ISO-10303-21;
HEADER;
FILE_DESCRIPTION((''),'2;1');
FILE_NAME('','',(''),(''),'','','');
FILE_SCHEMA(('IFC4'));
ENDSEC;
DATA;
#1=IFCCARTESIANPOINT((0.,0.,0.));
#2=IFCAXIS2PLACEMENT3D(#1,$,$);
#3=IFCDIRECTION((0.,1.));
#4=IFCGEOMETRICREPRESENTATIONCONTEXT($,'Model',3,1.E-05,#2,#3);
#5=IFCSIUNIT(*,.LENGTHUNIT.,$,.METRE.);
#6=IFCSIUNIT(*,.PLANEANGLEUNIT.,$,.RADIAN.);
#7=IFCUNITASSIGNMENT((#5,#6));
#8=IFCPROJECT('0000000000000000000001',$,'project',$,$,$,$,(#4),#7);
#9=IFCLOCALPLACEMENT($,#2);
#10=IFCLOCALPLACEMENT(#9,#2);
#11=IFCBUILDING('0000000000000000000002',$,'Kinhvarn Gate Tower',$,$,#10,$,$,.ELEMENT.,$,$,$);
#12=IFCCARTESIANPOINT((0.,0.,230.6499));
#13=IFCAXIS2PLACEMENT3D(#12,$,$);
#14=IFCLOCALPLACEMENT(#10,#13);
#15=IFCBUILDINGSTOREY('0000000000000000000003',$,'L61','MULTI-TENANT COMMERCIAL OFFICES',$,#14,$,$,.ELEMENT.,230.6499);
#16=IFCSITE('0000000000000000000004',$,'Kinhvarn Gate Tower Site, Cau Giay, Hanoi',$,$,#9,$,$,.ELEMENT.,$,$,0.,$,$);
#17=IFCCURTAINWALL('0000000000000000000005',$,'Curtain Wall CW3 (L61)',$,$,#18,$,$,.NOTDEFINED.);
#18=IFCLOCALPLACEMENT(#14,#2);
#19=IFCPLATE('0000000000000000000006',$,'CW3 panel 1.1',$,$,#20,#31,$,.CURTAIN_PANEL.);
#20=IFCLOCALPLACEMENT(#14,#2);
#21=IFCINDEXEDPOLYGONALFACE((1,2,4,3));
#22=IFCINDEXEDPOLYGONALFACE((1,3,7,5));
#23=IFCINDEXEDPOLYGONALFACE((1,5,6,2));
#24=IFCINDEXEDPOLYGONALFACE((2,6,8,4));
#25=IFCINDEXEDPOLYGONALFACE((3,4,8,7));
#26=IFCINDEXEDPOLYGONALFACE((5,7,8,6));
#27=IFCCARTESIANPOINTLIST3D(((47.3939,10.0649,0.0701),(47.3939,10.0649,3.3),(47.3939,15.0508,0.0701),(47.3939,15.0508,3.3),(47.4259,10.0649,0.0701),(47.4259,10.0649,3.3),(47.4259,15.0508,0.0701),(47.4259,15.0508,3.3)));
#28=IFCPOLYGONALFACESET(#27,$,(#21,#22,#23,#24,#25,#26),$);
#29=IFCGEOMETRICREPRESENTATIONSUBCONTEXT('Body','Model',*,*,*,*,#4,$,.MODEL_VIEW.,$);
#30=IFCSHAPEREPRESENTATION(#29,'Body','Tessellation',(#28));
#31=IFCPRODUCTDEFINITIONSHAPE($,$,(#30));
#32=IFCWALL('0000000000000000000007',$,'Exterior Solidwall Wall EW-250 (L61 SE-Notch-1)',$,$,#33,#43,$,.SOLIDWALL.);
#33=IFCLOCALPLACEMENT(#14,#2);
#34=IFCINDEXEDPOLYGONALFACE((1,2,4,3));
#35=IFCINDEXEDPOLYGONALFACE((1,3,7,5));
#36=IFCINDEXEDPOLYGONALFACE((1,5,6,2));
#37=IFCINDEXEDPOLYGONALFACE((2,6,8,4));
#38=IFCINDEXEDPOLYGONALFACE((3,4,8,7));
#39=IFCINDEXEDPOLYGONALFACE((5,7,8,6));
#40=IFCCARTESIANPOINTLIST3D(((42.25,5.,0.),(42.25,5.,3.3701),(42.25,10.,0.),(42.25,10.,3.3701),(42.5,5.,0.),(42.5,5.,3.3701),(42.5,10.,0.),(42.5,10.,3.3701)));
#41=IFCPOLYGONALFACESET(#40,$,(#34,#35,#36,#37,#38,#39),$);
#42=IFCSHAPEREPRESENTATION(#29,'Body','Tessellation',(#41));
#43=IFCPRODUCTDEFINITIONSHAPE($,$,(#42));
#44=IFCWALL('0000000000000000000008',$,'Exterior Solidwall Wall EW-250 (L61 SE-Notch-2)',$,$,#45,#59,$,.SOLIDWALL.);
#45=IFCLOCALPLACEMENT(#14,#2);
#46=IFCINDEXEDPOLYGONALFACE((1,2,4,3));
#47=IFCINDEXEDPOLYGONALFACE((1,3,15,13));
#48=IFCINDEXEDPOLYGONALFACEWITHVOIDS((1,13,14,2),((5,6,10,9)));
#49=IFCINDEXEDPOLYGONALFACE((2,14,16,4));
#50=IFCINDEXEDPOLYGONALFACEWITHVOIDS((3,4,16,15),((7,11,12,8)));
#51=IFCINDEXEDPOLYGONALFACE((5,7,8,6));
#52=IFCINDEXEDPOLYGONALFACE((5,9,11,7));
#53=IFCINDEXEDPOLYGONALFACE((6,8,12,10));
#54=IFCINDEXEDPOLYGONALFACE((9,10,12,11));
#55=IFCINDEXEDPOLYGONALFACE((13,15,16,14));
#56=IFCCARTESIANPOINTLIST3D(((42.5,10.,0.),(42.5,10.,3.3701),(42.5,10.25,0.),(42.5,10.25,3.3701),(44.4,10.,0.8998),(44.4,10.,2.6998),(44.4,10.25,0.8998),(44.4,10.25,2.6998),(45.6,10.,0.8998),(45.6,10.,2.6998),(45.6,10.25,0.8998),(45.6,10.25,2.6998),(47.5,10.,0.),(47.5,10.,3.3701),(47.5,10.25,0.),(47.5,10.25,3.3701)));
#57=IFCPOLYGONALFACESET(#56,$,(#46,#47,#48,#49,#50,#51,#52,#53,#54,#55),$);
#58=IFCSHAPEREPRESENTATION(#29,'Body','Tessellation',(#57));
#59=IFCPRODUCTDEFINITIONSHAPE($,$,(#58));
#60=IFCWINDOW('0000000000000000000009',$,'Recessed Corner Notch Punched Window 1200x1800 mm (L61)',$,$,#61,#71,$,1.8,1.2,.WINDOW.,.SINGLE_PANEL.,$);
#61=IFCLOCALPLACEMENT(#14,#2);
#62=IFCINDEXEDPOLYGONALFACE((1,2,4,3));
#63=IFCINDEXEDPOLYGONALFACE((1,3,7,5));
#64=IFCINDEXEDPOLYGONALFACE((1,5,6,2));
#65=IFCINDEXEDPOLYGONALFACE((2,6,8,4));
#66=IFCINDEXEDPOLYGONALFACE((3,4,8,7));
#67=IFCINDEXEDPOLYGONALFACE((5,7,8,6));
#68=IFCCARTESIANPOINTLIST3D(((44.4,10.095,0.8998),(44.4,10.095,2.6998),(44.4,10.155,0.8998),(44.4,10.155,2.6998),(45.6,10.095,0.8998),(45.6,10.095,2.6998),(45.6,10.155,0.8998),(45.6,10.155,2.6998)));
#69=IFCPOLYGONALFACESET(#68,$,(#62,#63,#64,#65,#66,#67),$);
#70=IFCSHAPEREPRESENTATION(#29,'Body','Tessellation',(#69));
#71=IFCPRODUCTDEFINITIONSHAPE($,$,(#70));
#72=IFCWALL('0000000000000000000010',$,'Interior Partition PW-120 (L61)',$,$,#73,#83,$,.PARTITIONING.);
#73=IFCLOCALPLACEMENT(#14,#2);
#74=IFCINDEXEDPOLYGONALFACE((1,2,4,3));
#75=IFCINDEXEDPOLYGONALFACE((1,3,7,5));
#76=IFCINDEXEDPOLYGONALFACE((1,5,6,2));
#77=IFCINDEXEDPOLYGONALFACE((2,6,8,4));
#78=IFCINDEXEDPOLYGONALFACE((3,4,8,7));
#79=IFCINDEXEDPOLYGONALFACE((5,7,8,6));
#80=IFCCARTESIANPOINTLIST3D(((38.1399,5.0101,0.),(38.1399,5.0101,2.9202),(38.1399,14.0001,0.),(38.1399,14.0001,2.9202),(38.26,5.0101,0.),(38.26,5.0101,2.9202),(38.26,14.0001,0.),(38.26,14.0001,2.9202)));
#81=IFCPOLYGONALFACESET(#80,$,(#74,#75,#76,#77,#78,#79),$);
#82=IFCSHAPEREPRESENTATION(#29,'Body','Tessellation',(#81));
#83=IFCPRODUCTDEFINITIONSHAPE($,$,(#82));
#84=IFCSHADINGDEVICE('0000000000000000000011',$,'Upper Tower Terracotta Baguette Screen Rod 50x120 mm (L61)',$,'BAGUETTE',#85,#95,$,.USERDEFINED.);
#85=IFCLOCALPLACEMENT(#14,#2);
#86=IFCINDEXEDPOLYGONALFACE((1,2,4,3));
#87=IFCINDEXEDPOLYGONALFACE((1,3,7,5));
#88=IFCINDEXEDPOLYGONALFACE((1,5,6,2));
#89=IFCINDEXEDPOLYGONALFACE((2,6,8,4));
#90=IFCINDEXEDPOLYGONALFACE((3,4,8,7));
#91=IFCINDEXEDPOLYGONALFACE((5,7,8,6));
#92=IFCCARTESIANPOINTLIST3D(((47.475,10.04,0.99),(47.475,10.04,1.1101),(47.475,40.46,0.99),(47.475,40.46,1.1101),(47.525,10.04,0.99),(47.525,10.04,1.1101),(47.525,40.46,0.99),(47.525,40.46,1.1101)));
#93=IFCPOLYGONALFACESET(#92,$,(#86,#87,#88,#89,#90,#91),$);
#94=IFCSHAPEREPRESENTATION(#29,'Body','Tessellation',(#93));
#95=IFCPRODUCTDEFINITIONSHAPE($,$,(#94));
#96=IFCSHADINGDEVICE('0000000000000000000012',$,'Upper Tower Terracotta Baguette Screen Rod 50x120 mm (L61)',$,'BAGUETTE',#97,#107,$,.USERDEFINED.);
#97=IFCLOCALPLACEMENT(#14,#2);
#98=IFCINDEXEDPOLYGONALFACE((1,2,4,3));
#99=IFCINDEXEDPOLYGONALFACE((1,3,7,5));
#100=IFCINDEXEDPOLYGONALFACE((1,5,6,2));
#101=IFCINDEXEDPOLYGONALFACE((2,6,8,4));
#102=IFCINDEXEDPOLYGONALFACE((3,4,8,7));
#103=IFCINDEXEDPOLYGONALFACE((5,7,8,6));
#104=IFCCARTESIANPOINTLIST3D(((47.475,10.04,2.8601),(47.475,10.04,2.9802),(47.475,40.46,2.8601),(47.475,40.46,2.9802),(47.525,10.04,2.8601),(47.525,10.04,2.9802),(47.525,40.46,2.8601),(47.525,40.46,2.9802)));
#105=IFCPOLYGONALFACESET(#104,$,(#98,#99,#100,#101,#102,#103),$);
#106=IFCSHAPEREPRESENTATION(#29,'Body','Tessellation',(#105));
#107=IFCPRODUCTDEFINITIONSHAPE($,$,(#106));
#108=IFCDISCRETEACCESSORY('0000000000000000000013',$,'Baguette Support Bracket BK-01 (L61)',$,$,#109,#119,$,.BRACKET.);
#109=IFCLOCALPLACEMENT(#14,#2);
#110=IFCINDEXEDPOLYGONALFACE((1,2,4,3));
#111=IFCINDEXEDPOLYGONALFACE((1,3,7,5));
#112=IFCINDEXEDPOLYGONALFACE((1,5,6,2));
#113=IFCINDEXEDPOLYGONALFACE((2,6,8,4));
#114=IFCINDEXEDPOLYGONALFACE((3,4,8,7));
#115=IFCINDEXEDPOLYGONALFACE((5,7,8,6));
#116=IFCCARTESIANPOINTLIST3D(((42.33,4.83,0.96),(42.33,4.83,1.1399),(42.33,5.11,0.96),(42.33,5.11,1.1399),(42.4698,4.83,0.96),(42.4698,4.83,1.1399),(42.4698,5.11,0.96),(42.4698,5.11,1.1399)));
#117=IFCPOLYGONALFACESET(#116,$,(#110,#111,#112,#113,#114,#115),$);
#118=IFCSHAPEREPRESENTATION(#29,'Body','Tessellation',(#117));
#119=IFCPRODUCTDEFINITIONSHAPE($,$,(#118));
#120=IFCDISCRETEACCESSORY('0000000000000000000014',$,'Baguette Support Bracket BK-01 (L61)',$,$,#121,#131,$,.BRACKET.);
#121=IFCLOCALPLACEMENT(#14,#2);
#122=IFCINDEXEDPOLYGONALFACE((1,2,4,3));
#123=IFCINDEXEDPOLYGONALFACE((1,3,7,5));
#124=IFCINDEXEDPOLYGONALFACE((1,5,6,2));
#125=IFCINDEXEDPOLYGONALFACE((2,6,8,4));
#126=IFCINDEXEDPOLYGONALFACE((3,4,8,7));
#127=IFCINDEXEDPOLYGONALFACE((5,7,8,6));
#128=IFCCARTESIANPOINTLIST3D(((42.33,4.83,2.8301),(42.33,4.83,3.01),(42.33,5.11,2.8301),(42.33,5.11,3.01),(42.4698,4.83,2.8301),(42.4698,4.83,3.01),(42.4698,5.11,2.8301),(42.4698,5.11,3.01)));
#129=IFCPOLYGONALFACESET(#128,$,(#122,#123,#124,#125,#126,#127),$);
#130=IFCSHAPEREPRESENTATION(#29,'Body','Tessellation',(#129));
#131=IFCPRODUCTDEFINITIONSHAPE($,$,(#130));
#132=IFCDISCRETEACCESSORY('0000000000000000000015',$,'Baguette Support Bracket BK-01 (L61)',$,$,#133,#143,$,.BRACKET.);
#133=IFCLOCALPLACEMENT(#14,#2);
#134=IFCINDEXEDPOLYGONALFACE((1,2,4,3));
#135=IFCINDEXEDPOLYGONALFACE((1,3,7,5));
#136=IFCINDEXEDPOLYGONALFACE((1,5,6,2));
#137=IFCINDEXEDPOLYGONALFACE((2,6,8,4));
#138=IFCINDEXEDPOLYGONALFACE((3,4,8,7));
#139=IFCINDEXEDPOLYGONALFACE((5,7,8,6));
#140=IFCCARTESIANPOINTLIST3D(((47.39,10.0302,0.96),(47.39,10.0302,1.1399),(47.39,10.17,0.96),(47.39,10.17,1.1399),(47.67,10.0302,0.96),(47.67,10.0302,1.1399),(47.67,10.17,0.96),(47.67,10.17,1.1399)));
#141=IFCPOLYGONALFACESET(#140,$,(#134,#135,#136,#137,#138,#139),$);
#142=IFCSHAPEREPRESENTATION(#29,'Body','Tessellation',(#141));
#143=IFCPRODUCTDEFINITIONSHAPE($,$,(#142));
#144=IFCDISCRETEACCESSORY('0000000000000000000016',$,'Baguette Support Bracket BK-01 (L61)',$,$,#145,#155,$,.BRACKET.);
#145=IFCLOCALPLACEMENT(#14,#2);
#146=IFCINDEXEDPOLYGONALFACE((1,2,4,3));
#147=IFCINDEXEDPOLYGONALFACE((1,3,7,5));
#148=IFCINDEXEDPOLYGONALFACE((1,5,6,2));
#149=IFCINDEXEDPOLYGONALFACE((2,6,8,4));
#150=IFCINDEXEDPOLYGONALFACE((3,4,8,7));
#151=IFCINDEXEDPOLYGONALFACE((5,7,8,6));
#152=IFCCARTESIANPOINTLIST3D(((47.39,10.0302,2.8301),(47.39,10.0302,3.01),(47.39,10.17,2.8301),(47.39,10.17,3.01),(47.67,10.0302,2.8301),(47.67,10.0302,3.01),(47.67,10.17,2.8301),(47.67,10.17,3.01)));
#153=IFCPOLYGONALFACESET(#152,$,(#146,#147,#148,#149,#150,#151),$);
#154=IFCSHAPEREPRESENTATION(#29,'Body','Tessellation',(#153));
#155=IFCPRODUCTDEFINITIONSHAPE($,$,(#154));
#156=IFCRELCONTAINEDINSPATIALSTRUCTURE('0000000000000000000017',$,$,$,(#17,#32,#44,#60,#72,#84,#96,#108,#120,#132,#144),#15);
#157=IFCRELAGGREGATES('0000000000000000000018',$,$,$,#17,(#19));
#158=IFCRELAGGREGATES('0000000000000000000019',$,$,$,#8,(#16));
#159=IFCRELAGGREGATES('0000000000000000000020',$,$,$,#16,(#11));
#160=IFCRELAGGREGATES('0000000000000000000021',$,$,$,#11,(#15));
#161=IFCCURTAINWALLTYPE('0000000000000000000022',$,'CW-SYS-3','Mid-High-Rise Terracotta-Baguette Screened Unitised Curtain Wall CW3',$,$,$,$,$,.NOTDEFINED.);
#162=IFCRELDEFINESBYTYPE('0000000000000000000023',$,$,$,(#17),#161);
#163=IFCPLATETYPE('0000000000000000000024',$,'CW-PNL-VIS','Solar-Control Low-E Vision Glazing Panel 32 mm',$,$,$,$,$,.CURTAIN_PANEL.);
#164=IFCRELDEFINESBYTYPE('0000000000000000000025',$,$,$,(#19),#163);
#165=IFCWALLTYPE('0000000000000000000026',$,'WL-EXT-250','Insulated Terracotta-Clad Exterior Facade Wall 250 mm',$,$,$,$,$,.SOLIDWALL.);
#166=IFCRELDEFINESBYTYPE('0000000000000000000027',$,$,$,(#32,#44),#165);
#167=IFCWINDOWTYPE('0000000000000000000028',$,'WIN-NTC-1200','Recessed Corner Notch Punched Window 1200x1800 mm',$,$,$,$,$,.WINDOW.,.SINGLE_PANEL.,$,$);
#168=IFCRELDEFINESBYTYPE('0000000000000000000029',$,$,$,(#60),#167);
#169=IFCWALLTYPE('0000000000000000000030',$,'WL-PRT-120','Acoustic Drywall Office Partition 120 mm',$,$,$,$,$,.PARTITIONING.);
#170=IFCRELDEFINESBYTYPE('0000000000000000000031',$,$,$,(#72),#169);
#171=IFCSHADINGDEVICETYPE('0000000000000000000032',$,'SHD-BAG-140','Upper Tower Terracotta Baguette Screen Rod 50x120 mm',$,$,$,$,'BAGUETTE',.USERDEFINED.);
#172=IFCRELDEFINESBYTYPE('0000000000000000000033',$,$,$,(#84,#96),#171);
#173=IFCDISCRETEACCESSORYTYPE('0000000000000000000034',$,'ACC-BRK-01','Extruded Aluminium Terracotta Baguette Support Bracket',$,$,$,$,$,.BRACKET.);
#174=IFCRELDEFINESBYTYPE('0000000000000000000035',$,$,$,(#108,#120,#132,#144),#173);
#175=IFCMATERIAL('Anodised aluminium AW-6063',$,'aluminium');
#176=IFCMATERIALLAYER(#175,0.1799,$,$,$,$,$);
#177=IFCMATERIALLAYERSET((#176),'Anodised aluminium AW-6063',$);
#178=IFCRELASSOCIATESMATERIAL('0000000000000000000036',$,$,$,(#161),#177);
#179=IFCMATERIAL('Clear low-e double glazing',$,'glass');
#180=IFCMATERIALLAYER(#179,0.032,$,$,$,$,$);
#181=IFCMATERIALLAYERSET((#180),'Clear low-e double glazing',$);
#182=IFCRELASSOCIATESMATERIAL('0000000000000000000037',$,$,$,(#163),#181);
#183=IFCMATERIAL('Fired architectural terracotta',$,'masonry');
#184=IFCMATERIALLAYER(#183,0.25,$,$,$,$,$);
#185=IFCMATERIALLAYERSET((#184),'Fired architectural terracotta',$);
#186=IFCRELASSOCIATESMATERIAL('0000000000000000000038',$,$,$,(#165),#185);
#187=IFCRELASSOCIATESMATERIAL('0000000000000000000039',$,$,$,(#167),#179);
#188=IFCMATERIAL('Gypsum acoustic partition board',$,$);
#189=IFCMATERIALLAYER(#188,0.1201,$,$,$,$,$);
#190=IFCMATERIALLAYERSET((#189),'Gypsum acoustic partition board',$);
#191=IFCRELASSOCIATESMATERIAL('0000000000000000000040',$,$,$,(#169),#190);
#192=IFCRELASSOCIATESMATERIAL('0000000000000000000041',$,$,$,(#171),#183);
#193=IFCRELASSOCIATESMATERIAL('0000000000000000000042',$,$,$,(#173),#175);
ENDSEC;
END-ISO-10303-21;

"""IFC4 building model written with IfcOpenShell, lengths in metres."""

from ifc_helpers import new_model, si_unit, direction, frame, frame_2d, origin, origin_2d, place, context, subcontext, project, spatial, rectangle, extrude, material, layer, layer_set, material_profile, profile_set, type_object, element, fill, aggregate, save


model = new_model("IFC4")

# Units and contexts
model_context = context("Model", 3, precision=1e-05, world=origin(), true_north=direction((0.0, 1.0)))
body_context = subcontext(model_context, "Body", "Model", "MODEL_VIEW")
ifc_project = project(units=[si_unit("LENGTHUNIT", "METRE"), si_unit("PLANEANGLEUNIT", "RADIAN")], contexts=[model_context])

# Site, building, storey
site_placement = place(None, origin())
site = spatial("IfcSite", under=ifc_project, at=site_placement, Name="Kinhvarn Gate Tower Site, Cau Giay, Hanoi", CompositionType="ELEMENT", RefElevation=0.0)
building_placement = place(site_placement, origin())
building = spatial("IfcBuilding", under=site, at=building_placement, Name="Kinhvarn Gate Tower", CompositionType="ELEMENT")
storey_placement = place(building_placement, frame((0.0, 0.0, 230.6499)))
storey = spatial("IfcBuildingStorey", under=building, at=storey_placement, Name="L61", Description="MULTI-TENANT COMMERCIAL OFFICES", CompositionType="ELEMENT", Elevation=230.6499)

# Shared definitions
ifc_material_1 = material(Name="Anodised aluminium AW-6063", Category="aluminium")
ifc_layer_1 = layer(ifc_material_1, 0.1799)
ifc_layer_set_1 = layer_set([ifc_layer_1], Name="Anodised aluminium AW-6063")
curtain_wall_type = type_object("IfcCurtainWallType", Name="CW-SYS-3", Description="Mid-High-Rise Terracotta-Baguette Screened Unitised Curtain Wall CW3", PredefinedType="NOTDEFINED", material=ifc_layer_set_1)

# Curtain wall
curtain_wall_1_placement = place(storey_placement, origin())
curtain_wall_1 = element("IfcCurtainWall", 1, at=curtain_wall_1_placement, inside=storey, type_object=curtain_wall_type, Name="Curtain Wall CW3 (L61)", PredefinedType="NOTDEFINED")

# Plate
ifc_material_2 = material(Name="Clear low-e double glazing", Category="glass")
ifc_layer_2 = layer(ifc_material_2, 0.032)
ifc_layer_set_2 = layer_set([ifc_layer_2], Name="Clear low-e double glazing")
plate_type = type_object("IfcPlateType", Name="CW-PNL-VIS", Description="Solar-Control Low-E Vision Glazing Panel 32 mm", PredefinedType="CURTAIN_PANEL", material=ifc_layer_set_2)
plate_1_placement = place(storey_placement, frame((47.4099, 12.5579, 0.0701), z_axis=(0.0, 0.0, 1.0), x_axis=(0.0, 1.0, 0.0)))
plate_1 = element("IfcPlate", 2, at=plate_1_placement, type_object=plate_type, Name="CW3 panel 1.1", PredefinedType="CURTAIN_PANEL", context=body_context, shape_type="SweptSolid", body=[
    extrude(rectangle(XDim=4.9858, YDim=0.032, at=origin_2d()), origin(), (0.0, 0.0, 1.0), 3.23),
])
aggregate(curtain_wall_1, [plate_1])

# Wall
ifc_material_3 = material(Name="Fired architectural terracotta", Category="masonry")
ifc_layer_3 = layer(ifc_material_3, 0.25)
ifc_layer_set_3 = layer_set([ifc_layer_3], Name="Fired architectural terracotta")
wall_type_1 = type_object("IfcWallType", Name="WL-EXT-250", Description="Insulated Terracotta-Clad Exterior Facade Wall 250 mm", PredefinedType="SOLIDWALL", material=ifc_layer_set_3)
wall_1_placement = place(storey_placement, frame((42.375, 5.0, 0.0), z_axis=(0.0, 0.0, 1.0), x_axis=(0.0, 1.0, 0.0)))
element("IfcWall", 3, at=wall_1_placement, inside=storey, type_object=wall_type_1, Name="Exterior Solidwall Wall EW-250 (L61 SE-Notch-1)", PredefinedType="SOLIDWALL", context=body_context, shape_type="SweptSolid", body=[
    extrude(rectangle(XDim=5.0, YDim=0.25, at=frame_2d((2.5, 0.0))), origin(), (0.0, 0.0, 1.0), 3.3701),
])

# Wall, opening, window
wall_2_placement = place(storey_placement, frame((42.5, 10.125, 0.0), z_axis=(0.0, 0.0, 1.0), x_axis=(1.0, 0.0, 0.0)))
wall_2 = element("IfcWall", 4, at=wall_2_placement, inside=storey, type_object=wall_type_1, Name="Exterior Solidwall Wall EW-250 (L61 SE-Notch-2)", PredefinedType="SOLIDWALL", context=body_context, shape_type="SweptSolid", body=[
    extrude(rectangle(XDim=5.0, YDim=0.25, at=frame_2d((2.5, 0.0))), origin(), (0.0, 0.0, 1.0), 3.3701),
])
opening_placement = place(wall_2_placement, frame((1.8999, 0.0, 0.8999)))
opening = element("IfcOpeningElement", 5, at=opening_placement, cuts=wall_2, PredefinedType="OPENING", context=body_context, shape_type="SweptSolid", body=[
    extrude(rectangle(XDim=1.2, YDim=1.8, at=frame_2d((0.6001, 0.8999))), frame((0.0, 0.135, 0.0), z_axis=(0.0, -1.0, 0.0), x_axis=(1.0, 0.0, 0.0)), (0.0, 0.0, 1.0), 0.27),
])
window_type = type_object("IfcWindowType", Name="WIN-NTC-1200", Description="Recessed Corner Notch Punched Window 1200x1800 mm", PartitioningType="SINGLE_PANEL", PredefinedType="WINDOW", material=ifc_material_2)
window_placement = place(opening_placement, origin())
window = element("IfcWindow", 6, at=window_placement, inside=storey, type_object=window_type, Name="Recessed Corner Notch Punched Window 1200x1800 mm (L61)", OverallHeight=1.8, OverallWidth=1.2, PartitioningType="SINGLE_PANEL", PredefinedType="WINDOW", context=body_context, shape_type="SweptSolid", body=[
    extrude(rectangle(XDim=1.2, YDim=1.8, at=frame_2d((0.6001, 0.8999))), frame((0.0, 0.03, 0.0), z_axis=(0.0, -1.0, 0.0), x_axis=(1.0, 0.0, 0.0)), (0.0, 0.0, 1.0), 0.0601),
])
fill(opening, window)

# Wall
ifc_material_4 = material(Name="Gypsum acoustic partition board")
ifc_layer_4 = layer(ifc_material_4, 0.1201)
ifc_layer_set_4 = layer_set([ifc_layer_4], Name="Gypsum acoustic partition board")
wall_type_2 = type_object("IfcWallType", Name="WL-PRT-120", Description="Acoustic Drywall Office Partition 120 mm", PredefinedType="PARTITIONING", material=ifc_layer_set_4)
wall_3_placement = place(storey_placement, frame((38.2, 5.01, 0.0), z_axis=(0.0, 0.0, 1.0), x_axis=(0.0, 1.0, 0.0)))
element("IfcWall", 7, at=wall_3_placement, inside=storey, type_object=wall_type_2, Name="Interior Partition PW-120 (L61)", PredefinedType="PARTITIONING", context=body_context, shape_type="SweptSolid", body=[
    extrude(rectangle(XDim=8.99, YDim=0.1201, at=frame_2d((4.4951, 0.0))), origin(), (0.0, 0.0, 1.0), 2.9202),
])

# Shading devices
ifc_material_profile_1 = material_profile(ifc_material_3, rectangle(XDim=0.05, YDim=0.1201, at=origin_2d()), Name="TC 50x120")
ifc_profile_set_1 = profile_set([ifc_material_profile_1], Name="Fired architectural terracotta")
shading_device_type = type_object("IfcShadingDeviceType", Name="SHD-BAG-140", Description="Upper Tower Terracotta Baguette Screen Rod 50x120 mm", ElementType="BAGUETTE", PredefinedType="USERDEFINED", material=ifc_profile_set_1)
for number, where, z_axis, x_axis, name in (
    (8, (47.5, 10.04, 1.05), (0.0, 1.0, 0.0), (-1.0, 0.0, 0.0), "Upper Tower Terracotta Baguette Screen Rod 50x120 mm (L61)"),
    (9, (47.5, 10.04, 2.9202), (0.0, 1.0, 0.0), (-1.0, 0.0, 0.0), "Upper Tower Terracotta Baguette Screen Rod 50x120 mm (L61)"),
):
    element("IfcShadingDevice", number, at=place(storey_placement, frame(where, z_axis=z_axis, x_axis=x_axis)), inside=storey, type_object=shading_device_type, Name=name, ObjectType="BAGUETTE", PredefinedType="USERDEFINED", context=body_context, shape_type="SweptSolid", body=[
        extrude(rectangle(XDim=0.05, YDim=0.1201, at=origin_2d()), origin(), (0.0, 0.0, 1.0), 30.4199),
    ])

# Discrete accessories
discrete_accessory_type = type_object("IfcDiscreteAccessoryType", Name="ACC-BRK-01", Description="Extruded Aluminium Terracotta Baguette Support Bracket", PredefinedType="BRACKET", material=ifc_material_1)
for number, where, z_axis, x_axis, name in (
    (10, (42.3999, 4.97, 0.96), (0.0, 0.0, 1.0), (1.0, 0.0, 0.0), "Baguette Support Bracket BK-01 (L61)"),
    (11, (42.3999, 4.97, 2.8301), (0.0, 0.0, 1.0), (1.0, 0.0, 0.0), "Baguette Support Bracket BK-01 (L61)"),
    (12, (47.53, 10.1001, 0.96), (0.0, 0.0, 1.0), (0.0, 1.0, 0.0), "Baguette Support Bracket BK-01 (L61)"),
    (13, (47.53, 10.1001, 2.8301), (0.0, 0.0, 1.0), (0.0, 1.0, 0.0), "Baguette Support Bracket BK-01 (L61)"),
):
    element("IfcDiscreteAccessory", number, at=place(storey_placement, frame(where, z_axis=z_axis, x_axis=x_axis)), inside=storey, type_object=discrete_accessory_type, Name=name, PredefinedType="BRACKET", context=body_context, shape_type="SweptSolid", body=[
        extrude(rectangle(XDim=0.1399, YDim=0.28, at=origin_2d()), origin(), (0.0, 0.0, 1.0), 0.1799),
    ])

save(model, "model.ifc")
